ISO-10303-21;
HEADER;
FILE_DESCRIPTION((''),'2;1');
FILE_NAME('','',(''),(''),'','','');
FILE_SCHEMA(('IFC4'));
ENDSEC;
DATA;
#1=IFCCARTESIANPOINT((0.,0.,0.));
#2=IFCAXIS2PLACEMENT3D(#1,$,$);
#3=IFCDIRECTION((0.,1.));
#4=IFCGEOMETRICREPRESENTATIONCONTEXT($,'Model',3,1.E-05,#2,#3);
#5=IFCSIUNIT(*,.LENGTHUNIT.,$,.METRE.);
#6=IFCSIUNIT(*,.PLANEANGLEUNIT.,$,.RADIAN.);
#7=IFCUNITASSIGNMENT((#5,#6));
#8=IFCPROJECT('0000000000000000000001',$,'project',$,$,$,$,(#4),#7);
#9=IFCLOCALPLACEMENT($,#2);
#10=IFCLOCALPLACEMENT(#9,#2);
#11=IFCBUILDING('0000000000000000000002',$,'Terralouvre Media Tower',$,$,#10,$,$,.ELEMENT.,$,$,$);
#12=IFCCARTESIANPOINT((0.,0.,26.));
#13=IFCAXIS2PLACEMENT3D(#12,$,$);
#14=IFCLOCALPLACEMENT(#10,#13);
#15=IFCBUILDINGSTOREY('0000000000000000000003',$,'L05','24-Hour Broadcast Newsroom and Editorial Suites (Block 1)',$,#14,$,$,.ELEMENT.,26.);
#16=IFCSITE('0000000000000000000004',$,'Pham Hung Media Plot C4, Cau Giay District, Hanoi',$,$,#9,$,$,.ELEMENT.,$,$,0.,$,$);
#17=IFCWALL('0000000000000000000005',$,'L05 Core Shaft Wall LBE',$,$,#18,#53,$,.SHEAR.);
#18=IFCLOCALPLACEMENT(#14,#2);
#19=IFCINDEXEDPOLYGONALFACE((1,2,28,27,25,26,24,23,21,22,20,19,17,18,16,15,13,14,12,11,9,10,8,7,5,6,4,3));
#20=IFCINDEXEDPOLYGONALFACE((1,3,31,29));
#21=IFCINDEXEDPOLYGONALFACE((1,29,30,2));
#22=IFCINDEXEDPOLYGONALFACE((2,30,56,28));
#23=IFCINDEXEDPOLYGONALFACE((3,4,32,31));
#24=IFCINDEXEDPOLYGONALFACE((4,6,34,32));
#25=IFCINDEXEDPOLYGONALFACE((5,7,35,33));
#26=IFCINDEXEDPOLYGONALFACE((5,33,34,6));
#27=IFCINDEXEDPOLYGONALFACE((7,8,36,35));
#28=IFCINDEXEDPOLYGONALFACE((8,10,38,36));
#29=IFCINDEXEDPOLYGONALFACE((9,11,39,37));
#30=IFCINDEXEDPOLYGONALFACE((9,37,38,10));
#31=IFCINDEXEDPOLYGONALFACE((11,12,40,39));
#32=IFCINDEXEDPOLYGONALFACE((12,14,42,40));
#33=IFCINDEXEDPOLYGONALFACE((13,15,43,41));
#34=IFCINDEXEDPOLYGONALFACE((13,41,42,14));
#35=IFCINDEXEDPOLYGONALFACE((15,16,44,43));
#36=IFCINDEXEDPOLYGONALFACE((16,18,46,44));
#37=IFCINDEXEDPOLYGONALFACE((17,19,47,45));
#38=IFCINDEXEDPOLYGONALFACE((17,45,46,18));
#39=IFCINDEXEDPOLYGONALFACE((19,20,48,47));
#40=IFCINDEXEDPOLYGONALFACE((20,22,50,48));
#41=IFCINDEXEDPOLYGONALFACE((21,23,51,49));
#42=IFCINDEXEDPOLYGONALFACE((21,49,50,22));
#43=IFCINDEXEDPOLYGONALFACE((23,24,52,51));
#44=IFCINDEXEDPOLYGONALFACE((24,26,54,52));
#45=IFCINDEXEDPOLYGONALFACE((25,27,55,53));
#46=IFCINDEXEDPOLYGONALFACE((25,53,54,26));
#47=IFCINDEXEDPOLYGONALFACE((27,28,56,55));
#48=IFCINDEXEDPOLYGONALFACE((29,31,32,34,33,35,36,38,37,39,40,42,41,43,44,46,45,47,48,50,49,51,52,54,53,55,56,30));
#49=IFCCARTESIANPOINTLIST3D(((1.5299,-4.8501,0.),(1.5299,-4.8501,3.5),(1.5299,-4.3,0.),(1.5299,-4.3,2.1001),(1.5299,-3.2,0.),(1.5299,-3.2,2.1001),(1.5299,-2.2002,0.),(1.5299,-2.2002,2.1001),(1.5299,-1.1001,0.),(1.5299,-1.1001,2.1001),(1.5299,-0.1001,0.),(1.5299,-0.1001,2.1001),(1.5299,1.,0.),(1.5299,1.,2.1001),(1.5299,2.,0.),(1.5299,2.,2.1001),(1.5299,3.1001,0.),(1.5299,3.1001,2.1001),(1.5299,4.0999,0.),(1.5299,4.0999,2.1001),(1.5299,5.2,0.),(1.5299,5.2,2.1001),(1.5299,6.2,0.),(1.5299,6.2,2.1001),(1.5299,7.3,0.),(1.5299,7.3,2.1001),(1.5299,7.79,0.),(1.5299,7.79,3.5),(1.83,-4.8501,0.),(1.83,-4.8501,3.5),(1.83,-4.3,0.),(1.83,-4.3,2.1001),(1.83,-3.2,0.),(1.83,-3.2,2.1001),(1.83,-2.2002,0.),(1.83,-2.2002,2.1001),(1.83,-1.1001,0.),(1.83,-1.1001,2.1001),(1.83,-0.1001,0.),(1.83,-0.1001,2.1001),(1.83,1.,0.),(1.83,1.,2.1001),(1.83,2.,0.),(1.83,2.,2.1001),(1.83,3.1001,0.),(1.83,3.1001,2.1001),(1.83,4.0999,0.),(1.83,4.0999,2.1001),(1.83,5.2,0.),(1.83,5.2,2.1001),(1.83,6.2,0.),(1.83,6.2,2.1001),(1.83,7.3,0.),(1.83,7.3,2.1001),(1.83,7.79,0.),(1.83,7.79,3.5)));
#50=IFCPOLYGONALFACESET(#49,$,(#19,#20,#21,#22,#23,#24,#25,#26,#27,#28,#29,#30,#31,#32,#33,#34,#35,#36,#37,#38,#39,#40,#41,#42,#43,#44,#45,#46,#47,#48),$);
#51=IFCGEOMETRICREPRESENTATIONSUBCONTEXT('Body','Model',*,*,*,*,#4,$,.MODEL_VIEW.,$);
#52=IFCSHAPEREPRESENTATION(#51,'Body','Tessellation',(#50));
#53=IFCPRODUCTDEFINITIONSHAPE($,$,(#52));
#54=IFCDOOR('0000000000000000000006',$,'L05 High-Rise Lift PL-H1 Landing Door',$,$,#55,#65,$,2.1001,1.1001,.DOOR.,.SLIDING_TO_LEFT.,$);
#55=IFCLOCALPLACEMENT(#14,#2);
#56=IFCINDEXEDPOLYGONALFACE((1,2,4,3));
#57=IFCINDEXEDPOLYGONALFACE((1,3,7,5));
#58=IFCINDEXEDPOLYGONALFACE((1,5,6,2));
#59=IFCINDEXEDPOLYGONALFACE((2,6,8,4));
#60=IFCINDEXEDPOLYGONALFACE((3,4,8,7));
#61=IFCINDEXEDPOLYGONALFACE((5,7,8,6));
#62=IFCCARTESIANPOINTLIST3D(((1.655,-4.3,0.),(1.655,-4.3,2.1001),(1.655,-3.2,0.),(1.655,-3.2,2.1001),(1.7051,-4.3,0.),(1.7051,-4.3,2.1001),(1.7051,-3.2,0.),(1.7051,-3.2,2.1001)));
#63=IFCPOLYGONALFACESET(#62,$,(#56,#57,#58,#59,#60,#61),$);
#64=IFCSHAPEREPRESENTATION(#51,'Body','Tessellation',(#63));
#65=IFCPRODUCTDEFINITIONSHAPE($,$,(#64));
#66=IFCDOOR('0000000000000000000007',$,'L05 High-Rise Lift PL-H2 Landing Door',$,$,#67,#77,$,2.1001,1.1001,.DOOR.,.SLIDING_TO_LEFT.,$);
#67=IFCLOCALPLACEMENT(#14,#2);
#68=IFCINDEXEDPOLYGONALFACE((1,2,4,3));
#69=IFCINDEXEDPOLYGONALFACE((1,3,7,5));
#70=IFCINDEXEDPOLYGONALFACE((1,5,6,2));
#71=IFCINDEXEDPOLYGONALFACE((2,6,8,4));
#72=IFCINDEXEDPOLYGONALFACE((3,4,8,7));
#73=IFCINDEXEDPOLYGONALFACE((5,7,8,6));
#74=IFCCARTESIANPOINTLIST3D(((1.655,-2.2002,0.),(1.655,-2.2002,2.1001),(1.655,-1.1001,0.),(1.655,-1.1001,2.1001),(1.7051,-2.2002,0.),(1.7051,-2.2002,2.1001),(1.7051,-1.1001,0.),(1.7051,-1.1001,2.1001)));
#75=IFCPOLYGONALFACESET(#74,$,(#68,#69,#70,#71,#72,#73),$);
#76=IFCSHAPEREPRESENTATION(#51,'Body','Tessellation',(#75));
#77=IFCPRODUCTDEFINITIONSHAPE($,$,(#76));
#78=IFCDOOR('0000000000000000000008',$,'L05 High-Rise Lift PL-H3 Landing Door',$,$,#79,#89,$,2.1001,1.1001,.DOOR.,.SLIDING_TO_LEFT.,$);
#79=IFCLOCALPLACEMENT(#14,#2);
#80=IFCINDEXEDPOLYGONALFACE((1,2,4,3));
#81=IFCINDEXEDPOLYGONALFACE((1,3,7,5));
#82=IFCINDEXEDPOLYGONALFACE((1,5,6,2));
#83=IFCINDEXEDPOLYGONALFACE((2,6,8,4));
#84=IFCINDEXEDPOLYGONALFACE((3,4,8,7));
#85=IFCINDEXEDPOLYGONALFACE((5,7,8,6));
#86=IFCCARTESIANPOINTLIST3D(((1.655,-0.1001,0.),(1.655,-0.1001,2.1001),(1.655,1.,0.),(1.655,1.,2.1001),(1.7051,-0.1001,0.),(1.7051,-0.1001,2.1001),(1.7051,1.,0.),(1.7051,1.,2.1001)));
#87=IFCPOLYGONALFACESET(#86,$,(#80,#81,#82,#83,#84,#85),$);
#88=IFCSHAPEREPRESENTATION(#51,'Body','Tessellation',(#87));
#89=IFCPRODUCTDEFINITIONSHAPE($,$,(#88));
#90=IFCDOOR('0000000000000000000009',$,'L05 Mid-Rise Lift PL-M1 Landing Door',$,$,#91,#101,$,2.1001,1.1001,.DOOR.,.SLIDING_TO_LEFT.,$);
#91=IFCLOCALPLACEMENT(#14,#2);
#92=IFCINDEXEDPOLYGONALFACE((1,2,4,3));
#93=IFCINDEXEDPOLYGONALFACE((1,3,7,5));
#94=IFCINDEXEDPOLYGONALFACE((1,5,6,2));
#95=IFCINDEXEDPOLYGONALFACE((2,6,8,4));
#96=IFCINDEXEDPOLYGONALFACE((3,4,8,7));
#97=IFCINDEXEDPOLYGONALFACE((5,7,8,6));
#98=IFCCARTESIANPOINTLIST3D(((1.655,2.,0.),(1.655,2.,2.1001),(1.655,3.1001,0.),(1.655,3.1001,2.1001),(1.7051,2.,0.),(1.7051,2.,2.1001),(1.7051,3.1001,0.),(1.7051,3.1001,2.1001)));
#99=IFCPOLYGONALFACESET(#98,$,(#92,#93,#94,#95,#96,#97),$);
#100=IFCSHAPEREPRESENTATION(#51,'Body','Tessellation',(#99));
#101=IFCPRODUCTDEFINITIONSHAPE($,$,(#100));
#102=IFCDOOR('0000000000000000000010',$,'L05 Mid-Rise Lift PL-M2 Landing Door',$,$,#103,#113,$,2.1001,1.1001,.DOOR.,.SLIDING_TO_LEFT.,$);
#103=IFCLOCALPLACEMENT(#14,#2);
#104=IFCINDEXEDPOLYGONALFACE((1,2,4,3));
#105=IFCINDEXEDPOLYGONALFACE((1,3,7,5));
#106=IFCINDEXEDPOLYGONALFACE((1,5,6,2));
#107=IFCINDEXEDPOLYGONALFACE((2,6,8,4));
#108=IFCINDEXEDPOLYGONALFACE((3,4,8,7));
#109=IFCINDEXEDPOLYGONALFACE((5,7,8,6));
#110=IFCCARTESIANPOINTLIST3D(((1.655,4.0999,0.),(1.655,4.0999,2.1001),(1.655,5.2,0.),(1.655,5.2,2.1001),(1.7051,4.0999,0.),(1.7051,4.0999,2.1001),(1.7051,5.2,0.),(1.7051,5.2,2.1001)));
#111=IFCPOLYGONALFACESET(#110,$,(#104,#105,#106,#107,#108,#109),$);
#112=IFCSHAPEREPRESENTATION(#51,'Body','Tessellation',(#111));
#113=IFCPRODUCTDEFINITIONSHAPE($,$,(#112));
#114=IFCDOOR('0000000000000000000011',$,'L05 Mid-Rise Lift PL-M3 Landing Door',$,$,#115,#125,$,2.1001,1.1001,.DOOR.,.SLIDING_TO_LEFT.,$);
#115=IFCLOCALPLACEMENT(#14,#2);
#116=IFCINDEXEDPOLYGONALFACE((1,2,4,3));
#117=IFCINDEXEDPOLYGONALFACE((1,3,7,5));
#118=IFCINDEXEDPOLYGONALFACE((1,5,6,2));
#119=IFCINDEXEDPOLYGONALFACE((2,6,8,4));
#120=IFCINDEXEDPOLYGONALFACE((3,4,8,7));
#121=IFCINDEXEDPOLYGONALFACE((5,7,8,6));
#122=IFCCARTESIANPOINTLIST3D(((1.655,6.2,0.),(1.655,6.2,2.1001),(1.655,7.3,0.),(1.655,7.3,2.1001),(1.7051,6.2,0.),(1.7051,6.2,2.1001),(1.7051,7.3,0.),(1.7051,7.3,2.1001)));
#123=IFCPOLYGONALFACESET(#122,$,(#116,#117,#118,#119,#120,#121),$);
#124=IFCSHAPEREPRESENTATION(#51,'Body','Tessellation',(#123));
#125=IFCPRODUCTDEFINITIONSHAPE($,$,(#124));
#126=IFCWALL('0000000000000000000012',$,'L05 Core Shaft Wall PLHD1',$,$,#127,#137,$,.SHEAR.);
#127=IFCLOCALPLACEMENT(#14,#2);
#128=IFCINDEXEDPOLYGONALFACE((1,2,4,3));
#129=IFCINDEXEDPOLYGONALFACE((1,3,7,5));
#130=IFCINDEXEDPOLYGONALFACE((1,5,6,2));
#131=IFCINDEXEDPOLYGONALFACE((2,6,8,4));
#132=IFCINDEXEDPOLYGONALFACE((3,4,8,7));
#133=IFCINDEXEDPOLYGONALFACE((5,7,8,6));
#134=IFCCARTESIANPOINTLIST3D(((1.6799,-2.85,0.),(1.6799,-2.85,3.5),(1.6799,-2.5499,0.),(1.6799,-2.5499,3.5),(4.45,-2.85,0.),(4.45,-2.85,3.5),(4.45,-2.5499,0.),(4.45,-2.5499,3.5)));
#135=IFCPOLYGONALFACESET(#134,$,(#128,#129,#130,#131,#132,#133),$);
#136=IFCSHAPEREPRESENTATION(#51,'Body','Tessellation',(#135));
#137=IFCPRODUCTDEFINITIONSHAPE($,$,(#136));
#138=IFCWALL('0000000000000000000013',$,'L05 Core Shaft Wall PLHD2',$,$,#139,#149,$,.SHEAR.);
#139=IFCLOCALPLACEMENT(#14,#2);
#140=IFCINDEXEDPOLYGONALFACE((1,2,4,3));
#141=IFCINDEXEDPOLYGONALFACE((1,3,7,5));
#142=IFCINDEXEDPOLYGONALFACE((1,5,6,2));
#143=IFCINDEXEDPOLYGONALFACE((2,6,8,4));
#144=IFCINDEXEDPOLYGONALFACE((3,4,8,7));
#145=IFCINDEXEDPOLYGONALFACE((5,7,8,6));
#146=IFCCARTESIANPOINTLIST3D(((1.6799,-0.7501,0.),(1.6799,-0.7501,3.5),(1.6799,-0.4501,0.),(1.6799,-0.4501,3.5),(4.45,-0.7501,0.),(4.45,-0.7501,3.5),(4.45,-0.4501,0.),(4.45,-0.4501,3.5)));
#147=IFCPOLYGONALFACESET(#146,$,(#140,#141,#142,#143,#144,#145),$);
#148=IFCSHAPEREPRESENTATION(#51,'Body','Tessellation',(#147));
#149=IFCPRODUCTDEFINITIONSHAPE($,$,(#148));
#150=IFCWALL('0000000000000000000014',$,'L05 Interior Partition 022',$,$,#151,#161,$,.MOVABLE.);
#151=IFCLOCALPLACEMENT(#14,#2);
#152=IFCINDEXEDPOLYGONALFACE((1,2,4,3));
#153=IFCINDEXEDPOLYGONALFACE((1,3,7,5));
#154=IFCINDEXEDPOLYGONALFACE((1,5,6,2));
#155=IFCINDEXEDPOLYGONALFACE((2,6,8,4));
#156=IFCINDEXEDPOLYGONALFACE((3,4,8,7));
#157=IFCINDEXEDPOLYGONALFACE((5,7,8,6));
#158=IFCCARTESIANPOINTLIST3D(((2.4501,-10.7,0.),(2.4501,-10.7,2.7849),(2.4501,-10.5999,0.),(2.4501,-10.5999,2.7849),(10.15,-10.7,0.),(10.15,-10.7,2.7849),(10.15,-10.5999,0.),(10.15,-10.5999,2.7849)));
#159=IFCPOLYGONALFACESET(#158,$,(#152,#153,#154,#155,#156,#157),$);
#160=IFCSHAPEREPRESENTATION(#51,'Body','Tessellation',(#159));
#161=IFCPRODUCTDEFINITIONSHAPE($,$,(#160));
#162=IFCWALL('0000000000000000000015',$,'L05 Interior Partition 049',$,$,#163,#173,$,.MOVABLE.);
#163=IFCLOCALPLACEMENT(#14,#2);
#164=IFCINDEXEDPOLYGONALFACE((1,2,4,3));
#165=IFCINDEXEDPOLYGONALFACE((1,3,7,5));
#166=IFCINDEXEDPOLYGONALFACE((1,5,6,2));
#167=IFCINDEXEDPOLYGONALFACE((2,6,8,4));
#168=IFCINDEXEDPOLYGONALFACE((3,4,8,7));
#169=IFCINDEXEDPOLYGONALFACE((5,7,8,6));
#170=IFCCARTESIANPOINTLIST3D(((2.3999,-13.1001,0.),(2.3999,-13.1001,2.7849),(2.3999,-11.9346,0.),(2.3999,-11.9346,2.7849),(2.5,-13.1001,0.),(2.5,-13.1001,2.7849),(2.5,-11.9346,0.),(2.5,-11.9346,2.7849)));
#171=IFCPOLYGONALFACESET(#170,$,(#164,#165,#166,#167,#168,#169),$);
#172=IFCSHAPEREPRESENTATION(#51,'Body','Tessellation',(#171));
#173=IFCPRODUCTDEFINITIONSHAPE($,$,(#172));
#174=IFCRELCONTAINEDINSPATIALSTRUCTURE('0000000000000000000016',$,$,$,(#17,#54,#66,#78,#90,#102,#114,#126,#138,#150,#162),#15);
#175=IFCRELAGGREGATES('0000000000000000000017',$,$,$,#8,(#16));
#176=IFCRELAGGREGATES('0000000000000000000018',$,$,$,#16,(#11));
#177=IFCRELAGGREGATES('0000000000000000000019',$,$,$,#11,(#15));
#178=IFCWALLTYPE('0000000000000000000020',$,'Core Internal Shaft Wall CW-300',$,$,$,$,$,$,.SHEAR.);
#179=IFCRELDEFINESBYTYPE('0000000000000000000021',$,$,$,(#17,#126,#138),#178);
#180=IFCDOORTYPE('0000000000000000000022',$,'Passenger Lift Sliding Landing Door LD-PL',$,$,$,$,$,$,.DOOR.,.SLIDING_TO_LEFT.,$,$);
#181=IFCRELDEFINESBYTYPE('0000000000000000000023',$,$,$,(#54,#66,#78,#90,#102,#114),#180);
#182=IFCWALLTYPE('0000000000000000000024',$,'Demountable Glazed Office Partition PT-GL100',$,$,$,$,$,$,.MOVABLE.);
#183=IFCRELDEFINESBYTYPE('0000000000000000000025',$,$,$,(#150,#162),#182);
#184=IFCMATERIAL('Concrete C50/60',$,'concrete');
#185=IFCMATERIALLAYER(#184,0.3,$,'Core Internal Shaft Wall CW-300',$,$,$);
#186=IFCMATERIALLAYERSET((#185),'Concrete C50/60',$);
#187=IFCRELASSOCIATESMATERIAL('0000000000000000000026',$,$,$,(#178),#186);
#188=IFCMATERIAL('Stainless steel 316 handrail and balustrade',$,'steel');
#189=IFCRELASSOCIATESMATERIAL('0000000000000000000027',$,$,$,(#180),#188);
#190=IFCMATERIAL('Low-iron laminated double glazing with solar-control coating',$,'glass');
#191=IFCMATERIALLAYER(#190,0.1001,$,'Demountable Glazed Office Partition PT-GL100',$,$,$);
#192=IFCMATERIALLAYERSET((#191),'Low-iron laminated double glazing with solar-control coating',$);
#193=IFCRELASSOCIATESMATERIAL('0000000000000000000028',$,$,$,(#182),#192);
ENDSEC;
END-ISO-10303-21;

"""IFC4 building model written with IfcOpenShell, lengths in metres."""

from ifc_helpers import new_model, si_unit, direction, frame, frame_2d, origin, place, context, subcontext, project, spatial, rectangle, extrude, material, layer, layer_set, type_object, element, fill, save


model = new_model("IFC4")

# Units and contexts
model_context = context("Model", 3, precision=1e-05, world=origin(), true_north=direction((0.0, 1.0)))
body_context = subcontext(model_context, "Body", "Model", "MODEL_VIEW")
ifc_project = project(units=[si_unit("LENGTHUNIT", "METRE"), si_unit("PLANEANGLEUNIT", "RADIAN")], contexts=[model_context])

# Site, building, storey
site_placement = place(None, origin())
site = spatial("IfcSite", under=ifc_project, at=site_placement, Name="Pham Hung Media Plot C4, Cau Giay District, Hanoi", CompositionType="ELEMENT", RefElevation=0.0)
building_placement = place(site_placement, origin())
building = spatial("IfcBuilding", under=site, at=building_placement, Name="Terralouvre Media Tower", CompositionType="ELEMENT")
storey_placement = place(building_placement, frame((0.0, 0.0, 26.0)))
storey = spatial("IfcBuildingStorey", under=building, at=storey_placement, Name="L05", Description="24-Hour Broadcast Newsroom and Editorial Suites (Block 1)", CompositionType="ELEMENT", Elevation=26.0)

# Wall, openings, doors
ifc_material_1 = material(Name="Concrete C50/60", Category="concrete")
ifc_layer_1 = layer(ifc_material_1, 0.3, Name="Core Internal Shaft Wall CW-300")
ifc_layer_set_1 = layer_set([ifc_layer_1], Name="Concrete C50/60")
wall_type_1 = type_object("IfcWallType", Name="Core Internal Shaft Wall CW-300", PredefinedType="SHEAR", material=ifc_layer_set_1)
wall_1_placement = place(storey_placement, frame((1.6799, -4.8501, 0.0), z_axis=(0.0, 0.0, 1.0), x_axis=(0.0, 1.0, 0.0)))
wall_1 = element("IfcWall", 1, at=wall_1_placement, inside=storey, type_object=wall_type_1, Name="L05 Core Shaft Wall LBE", PredefinedType="SHEAR", context=body_context, shape_type="SweptSolid", body=[
    extrude(rectangle(XDim=12.6401, YDim=0.3, at=frame_2d((6.3201, 0.0))), origin(), (0.0, 0.0, 1.0), 3.5),
])
opening_1_placement = place(wall_1_placement, frame((0.55, 0.0, 0.0)))
opening_1 = element("IfcOpeningElement", 2, at=opening_1_placement, cuts=wall_1, PredefinedType="OPENING", context=body_context, shape_type="SweptSolid", body=[
    extrude(rectangle(XDim=1.1001, YDim=2.1001, at=frame_2d((0.55, 1.05))), frame((0.0, 0.1599, 0.0), z_axis=(0.0, -1.0, 0.0), x_axis=(1.0, 0.0, 0.0)), (0.0, 0.0, 1.0), 0.3201),
])
opening_2_placement = place(wall_1_placement, frame((2.6499, 0.0, 0.0)))
opening_2 = element("IfcOpeningElement", 3, at=opening_2_placement, cuts=wall_1, PredefinedType="OPENING", context=body_context, shape_type="SweptSolid", body=[
    extrude(rectangle(XDim=1.1001, YDim=2.1001, at=frame_2d((0.55, 1.05))), frame((0.0, 0.1599, 0.0), z_axis=(0.0, -1.0, 0.0), x_axis=(1.0, 0.0, 0.0)), (0.0, 0.0, 1.0), 0.3201),
])
opening_3_placement = place(wall_1_placement, frame((4.75, 0.0, 0.0)))
opening_3 = element("IfcOpeningElement", 4, at=opening_3_placement, cuts=wall_1, PredefinedType="OPENING", context=body_context, shape_type="SweptSolid", body=[
    extrude(rectangle(XDim=1.1001, YDim=2.1001, at=frame_2d((0.55, 1.05))), frame((0.0, 0.1599, 0.0), z_axis=(0.0, -1.0, 0.0), x_axis=(1.0, 0.0, 0.0)), (0.0, 0.0, 1.0), 0.3201),
])
opening_4_placement = place(wall_1_placement, frame((6.8501, 0.0, 0.0)))
opening_4 = element("IfcOpeningElement", 5, at=opening_4_placement, cuts=wall_1, PredefinedType="OPENING", context=body_context, shape_type="SweptSolid", body=[
    extrude(rectangle(XDim=1.1001, YDim=2.1001, at=frame_2d((0.55, 1.05))), frame((0.0, 0.1599, 0.0), z_axis=(0.0, -1.0, 0.0), x_axis=(1.0, 0.0, 0.0)), (0.0, 0.0, 1.0), 0.3201),
])
opening_5_placement = place(wall_1_placement, frame((8.95, 0.0, 0.0)))
opening_5 = element("IfcOpeningElement", 6, at=opening_5_placement, cuts=wall_1, PredefinedType="OPENING", context=body_context, shape_type="SweptSolid", body=[
    extrude(rectangle(XDim=1.1001, YDim=2.1001, at=frame_2d((0.55, 1.05))), frame((0.0, 0.1599, 0.0), z_axis=(0.0, -1.0, 0.0), x_axis=(1.0, 0.0, 0.0)), (0.0, 0.0, 1.0), 0.3201),
])
opening_6_placement = place(wall_1_placement, frame((11.05, 0.0, 0.0)))
opening_6 = element("IfcOpeningElement", 7, at=opening_6_placement, cuts=wall_1, PredefinedType="OPENING", context=body_context, shape_type="SweptSolid", body=[
    extrude(rectangle(XDim=1.1001, YDim=2.1001, at=frame_2d((0.55, 1.05))), frame((0.0, 0.1599, 0.0), z_axis=(0.0, -1.0, 0.0), x_axis=(1.0, 0.0, 0.0)), (0.0, 0.0, 1.0), 0.3201),
])
ifc_material_2 = material(Name="Stainless steel 316 handrail and balustrade", Category="steel")
door_type = type_object("IfcDoorType", Name="Passenger Lift Sliding Landing Door LD-PL", OperationType="SLIDING_TO_LEFT", PredefinedType="DOOR", material=ifc_material_2)
door_1_placement = place(opening_1_placement, origin())
door_1 = element("IfcDoor", 8, at=door_1_placement, inside=storey, type_object=door_type, Name="L05 High-Rise Lift PL-H1 Landing Door", OperationType="SLIDING_TO_LEFT", OverallHeight=2.1001, OverallWidth=1.1001, PredefinedType="DOOR", context=body_context, shape_type="SweptSolid", body=[
    extrude(rectangle(XDim=1.1001, YDim=2.1001, at=frame_2d((0.55, 1.05))), frame((0.0, 0.0249, 0.0), z_axis=(0.0, -1.0, 0.0), x_axis=(1.0, 0.0, 0.0)), (0.0, 0.0, 1.0), 0.05),
])
fill(opening_1, door_1)
door_2_placement = place(opening_2_placement, origin())
door_2 = element("IfcDoor", 9, at=door_2_placement, inside=storey, type_object=door_type, Name="L05 High-Rise Lift PL-H2 Landing Door", OperationType="SLIDING_TO_LEFT", OverallHeight=2.1001, OverallWidth=1.1001, PredefinedType="DOOR", context=body_context, shape_type="SweptSolid", body=[
    extrude(rectangle(XDim=1.1001, YDim=2.1001, at=frame_2d((0.55, 1.05))), frame((0.0, 0.0249, 0.0), z_axis=(0.0, -1.0, 0.0), x_axis=(1.0, 0.0, 0.0)), (0.0, 0.0, 1.0), 0.05),
])
fill(opening_2, door_2)
door_3_placement = place(opening_3_placement, origin())
door_3 = element("IfcDoor", 10, at=door_3_placement, inside=storey, type_object=door_type, Name="L05 High-Rise Lift PL-H3 Landing Door", OperationType="SLIDING_TO_LEFT", OverallHeight=2.1001, OverallWidth=1.1001, PredefinedType="DOOR", context=body_context, shape_type="SweptSolid", body=[
    extrude(rectangle(XDim=1.1001, YDim=2.1001, at=frame_2d((0.55, 1.05))), frame((0.0, 0.0249, 0.0), z_axis=(0.0, -1.0, 0.0), x_axis=(1.0, 0.0, 0.0)), (0.0, 0.0, 1.0), 0.05),
])
fill(opening_3, door_3)
door_4_placement = place(opening_4_placement, origin())
door_4 = element("IfcDoor", 11, at=door_4_placement, inside=storey, type_object=door_type, Name="L05 Mid-Rise Lift PL-M1 Landing Door", OperationType="SLIDING_TO_LEFT", OverallHeight=2.1001, OverallWidth=1.1001, PredefinedType="DOOR", context=body_context, shape_type="SweptSolid", body=[
    extrude(rectangle(XDim=1.1001, YDim=2.1001, at=frame_2d((0.55, 1.05))), frame((0.0, 0.0249, 0.0), z_axis=(0.0, -1.0, 0.0), x_axis=(1.0, 0.0, 0.0)), (0.0, 0.0, 1.0), 0.05),
])
fill(opening_4, door_4)
door_5_placement = place(opening_5_placement, origin())
door_5 = element("IfcDoor", 12, at=door_5_placement, inside=storey, type_object=door_type, Name="L05 Mid-Rise Lift PL-M2 Landing Door", OperationType="SLIDING_TO_LEFT", OverallHeight=2.1001, OverallWidth=1.1001, PredefinedType="DOOR", context=body_context, shape_type="SweptSolid", body=[
    extrude(rectangle(XDim=1.1001, YDim=2.1001, at=frame_2d((0.55, 1.05))), frame((0.0, 0.0249, 0.0), z_axis=(0.0, -1.0, 0.0), x_axis=(1.0, 0.0, 0.0)), (0.0, 0.0, 1.0), 0.05),
])
fill(opening_5, door_5)
door_6_placement = place(opening_6_placement, origin())
door_6 = element("IfcDoor", 13, at=door_6_placement, inside=storey, type_object=door_type, Name="L05 Mid-Rise Lift PL-M3 Landing Door", OperationType="SLIDING_TO_LEFT", OverallHeight=2.1001, OverallWidth=1.1001, PredefinedType="DOOR", context=body_context, shape_type="SweptSolid", body=[
    extrude(rectangle(XDim=1.1001, YDim=2.1001, at=frame_2d((0.55, 1.05))), frame((0.0, 0.0249, 0.0), z_axis=(0.0, -1.0, 0.0), x_axis=(1.0, 0.0, 0.0)), (0.0, 0.0, 1.0), 0.05),
])
fill(opening_6, door_6)

# Walls
for number, where, z_axis, x_axis, name in (
    (14, (1.6799, -2.7, 0.0), (0.0, 0.0, 1.0), (1.0, 0.0, 0.0), "L05 Core Shaft Wall PLHD1"),
    (15, (1.6799, -0.6001, 0.0), (0.0, 0.0, 1.0), (1.0, 0.0, 0.0), "L05 Core Shaft Wall PLHD2"),
):
    element("IfcWall", number, at=place(storey_placement, frame(where, z_axis=z_axis, x_axis=x_axis)), inside=storey, type_object=wall_type_1, Name=name, PredefinedType="SHEAR", context=body_context, shape_type="SweptSolid", body=[
        extrude(rectangle(XDim=2.77, YDim=0.3, at=frame_2d((1.385, 0.0))), origin(), (0.0, 0.0, 1.0), 3.5),
    ])
ifc_material_3 = material(Name="Low-iron laminated double glazing with solar-control coating", Category="glass")
ifc_layer_2 = layer(ifc_material_3, 0.1001, Name="Demountable Glazed Office Partition PT-GL100")
ifc_layer_set_2 = layer_set([ifc_layer_2], Name="Low-iron laminated double glazing with solar-control coating")
wall_type_2 = type_object("IfcWallType", Name="Demountable Glazed Office Partition PT-GL100", PredefinedType="MOVABLE", material=ifc_layer_set_2)
wall_2_placement = place(storey_placement, frame((2.45, -10.6499, 0.0), z_axis=(0.0, 0.0, 1.0), x_axis=(1.0, 0.0, 0.0)))
element("IfcWall", 16, at=wall_2_placement, inside=storey, type_object=wall_type_2, Name="L05 Interior Partition 022", PredefinedType="MOVABLE", context=body_context, shape_type="SweptSolid", body=[
    extrude(rectangle(XDim=7.7, YDim=0.1001, at=frame_2d((3.8501, 0.0))), origin(), (0.0, 0.0, 1.0), 2.7849),
])
wall_3_placement = place(storey_placement, frame((2.45, -11.9346, 0.0), z_axis=(0.0, 0.0, 1.0), x_axis=(0.0, -1.0, 0.0)))
element("IfcWall", 17, at=wall_3_placement, inside=storey, type_object=wall_type_2, Name="L05 Interior Partition 049", PredefinedType="MOVABLE", context=body_context, shape_type="SweptSolid", body=[
    extrude(rectangle(XDim=1.1655, YDim=0.1001, at=frame_2d((0.5828, 0.0))), origin(), (0.0, 0.0, 1.0), 2.7849),
])

save(model, "model.ifc")
